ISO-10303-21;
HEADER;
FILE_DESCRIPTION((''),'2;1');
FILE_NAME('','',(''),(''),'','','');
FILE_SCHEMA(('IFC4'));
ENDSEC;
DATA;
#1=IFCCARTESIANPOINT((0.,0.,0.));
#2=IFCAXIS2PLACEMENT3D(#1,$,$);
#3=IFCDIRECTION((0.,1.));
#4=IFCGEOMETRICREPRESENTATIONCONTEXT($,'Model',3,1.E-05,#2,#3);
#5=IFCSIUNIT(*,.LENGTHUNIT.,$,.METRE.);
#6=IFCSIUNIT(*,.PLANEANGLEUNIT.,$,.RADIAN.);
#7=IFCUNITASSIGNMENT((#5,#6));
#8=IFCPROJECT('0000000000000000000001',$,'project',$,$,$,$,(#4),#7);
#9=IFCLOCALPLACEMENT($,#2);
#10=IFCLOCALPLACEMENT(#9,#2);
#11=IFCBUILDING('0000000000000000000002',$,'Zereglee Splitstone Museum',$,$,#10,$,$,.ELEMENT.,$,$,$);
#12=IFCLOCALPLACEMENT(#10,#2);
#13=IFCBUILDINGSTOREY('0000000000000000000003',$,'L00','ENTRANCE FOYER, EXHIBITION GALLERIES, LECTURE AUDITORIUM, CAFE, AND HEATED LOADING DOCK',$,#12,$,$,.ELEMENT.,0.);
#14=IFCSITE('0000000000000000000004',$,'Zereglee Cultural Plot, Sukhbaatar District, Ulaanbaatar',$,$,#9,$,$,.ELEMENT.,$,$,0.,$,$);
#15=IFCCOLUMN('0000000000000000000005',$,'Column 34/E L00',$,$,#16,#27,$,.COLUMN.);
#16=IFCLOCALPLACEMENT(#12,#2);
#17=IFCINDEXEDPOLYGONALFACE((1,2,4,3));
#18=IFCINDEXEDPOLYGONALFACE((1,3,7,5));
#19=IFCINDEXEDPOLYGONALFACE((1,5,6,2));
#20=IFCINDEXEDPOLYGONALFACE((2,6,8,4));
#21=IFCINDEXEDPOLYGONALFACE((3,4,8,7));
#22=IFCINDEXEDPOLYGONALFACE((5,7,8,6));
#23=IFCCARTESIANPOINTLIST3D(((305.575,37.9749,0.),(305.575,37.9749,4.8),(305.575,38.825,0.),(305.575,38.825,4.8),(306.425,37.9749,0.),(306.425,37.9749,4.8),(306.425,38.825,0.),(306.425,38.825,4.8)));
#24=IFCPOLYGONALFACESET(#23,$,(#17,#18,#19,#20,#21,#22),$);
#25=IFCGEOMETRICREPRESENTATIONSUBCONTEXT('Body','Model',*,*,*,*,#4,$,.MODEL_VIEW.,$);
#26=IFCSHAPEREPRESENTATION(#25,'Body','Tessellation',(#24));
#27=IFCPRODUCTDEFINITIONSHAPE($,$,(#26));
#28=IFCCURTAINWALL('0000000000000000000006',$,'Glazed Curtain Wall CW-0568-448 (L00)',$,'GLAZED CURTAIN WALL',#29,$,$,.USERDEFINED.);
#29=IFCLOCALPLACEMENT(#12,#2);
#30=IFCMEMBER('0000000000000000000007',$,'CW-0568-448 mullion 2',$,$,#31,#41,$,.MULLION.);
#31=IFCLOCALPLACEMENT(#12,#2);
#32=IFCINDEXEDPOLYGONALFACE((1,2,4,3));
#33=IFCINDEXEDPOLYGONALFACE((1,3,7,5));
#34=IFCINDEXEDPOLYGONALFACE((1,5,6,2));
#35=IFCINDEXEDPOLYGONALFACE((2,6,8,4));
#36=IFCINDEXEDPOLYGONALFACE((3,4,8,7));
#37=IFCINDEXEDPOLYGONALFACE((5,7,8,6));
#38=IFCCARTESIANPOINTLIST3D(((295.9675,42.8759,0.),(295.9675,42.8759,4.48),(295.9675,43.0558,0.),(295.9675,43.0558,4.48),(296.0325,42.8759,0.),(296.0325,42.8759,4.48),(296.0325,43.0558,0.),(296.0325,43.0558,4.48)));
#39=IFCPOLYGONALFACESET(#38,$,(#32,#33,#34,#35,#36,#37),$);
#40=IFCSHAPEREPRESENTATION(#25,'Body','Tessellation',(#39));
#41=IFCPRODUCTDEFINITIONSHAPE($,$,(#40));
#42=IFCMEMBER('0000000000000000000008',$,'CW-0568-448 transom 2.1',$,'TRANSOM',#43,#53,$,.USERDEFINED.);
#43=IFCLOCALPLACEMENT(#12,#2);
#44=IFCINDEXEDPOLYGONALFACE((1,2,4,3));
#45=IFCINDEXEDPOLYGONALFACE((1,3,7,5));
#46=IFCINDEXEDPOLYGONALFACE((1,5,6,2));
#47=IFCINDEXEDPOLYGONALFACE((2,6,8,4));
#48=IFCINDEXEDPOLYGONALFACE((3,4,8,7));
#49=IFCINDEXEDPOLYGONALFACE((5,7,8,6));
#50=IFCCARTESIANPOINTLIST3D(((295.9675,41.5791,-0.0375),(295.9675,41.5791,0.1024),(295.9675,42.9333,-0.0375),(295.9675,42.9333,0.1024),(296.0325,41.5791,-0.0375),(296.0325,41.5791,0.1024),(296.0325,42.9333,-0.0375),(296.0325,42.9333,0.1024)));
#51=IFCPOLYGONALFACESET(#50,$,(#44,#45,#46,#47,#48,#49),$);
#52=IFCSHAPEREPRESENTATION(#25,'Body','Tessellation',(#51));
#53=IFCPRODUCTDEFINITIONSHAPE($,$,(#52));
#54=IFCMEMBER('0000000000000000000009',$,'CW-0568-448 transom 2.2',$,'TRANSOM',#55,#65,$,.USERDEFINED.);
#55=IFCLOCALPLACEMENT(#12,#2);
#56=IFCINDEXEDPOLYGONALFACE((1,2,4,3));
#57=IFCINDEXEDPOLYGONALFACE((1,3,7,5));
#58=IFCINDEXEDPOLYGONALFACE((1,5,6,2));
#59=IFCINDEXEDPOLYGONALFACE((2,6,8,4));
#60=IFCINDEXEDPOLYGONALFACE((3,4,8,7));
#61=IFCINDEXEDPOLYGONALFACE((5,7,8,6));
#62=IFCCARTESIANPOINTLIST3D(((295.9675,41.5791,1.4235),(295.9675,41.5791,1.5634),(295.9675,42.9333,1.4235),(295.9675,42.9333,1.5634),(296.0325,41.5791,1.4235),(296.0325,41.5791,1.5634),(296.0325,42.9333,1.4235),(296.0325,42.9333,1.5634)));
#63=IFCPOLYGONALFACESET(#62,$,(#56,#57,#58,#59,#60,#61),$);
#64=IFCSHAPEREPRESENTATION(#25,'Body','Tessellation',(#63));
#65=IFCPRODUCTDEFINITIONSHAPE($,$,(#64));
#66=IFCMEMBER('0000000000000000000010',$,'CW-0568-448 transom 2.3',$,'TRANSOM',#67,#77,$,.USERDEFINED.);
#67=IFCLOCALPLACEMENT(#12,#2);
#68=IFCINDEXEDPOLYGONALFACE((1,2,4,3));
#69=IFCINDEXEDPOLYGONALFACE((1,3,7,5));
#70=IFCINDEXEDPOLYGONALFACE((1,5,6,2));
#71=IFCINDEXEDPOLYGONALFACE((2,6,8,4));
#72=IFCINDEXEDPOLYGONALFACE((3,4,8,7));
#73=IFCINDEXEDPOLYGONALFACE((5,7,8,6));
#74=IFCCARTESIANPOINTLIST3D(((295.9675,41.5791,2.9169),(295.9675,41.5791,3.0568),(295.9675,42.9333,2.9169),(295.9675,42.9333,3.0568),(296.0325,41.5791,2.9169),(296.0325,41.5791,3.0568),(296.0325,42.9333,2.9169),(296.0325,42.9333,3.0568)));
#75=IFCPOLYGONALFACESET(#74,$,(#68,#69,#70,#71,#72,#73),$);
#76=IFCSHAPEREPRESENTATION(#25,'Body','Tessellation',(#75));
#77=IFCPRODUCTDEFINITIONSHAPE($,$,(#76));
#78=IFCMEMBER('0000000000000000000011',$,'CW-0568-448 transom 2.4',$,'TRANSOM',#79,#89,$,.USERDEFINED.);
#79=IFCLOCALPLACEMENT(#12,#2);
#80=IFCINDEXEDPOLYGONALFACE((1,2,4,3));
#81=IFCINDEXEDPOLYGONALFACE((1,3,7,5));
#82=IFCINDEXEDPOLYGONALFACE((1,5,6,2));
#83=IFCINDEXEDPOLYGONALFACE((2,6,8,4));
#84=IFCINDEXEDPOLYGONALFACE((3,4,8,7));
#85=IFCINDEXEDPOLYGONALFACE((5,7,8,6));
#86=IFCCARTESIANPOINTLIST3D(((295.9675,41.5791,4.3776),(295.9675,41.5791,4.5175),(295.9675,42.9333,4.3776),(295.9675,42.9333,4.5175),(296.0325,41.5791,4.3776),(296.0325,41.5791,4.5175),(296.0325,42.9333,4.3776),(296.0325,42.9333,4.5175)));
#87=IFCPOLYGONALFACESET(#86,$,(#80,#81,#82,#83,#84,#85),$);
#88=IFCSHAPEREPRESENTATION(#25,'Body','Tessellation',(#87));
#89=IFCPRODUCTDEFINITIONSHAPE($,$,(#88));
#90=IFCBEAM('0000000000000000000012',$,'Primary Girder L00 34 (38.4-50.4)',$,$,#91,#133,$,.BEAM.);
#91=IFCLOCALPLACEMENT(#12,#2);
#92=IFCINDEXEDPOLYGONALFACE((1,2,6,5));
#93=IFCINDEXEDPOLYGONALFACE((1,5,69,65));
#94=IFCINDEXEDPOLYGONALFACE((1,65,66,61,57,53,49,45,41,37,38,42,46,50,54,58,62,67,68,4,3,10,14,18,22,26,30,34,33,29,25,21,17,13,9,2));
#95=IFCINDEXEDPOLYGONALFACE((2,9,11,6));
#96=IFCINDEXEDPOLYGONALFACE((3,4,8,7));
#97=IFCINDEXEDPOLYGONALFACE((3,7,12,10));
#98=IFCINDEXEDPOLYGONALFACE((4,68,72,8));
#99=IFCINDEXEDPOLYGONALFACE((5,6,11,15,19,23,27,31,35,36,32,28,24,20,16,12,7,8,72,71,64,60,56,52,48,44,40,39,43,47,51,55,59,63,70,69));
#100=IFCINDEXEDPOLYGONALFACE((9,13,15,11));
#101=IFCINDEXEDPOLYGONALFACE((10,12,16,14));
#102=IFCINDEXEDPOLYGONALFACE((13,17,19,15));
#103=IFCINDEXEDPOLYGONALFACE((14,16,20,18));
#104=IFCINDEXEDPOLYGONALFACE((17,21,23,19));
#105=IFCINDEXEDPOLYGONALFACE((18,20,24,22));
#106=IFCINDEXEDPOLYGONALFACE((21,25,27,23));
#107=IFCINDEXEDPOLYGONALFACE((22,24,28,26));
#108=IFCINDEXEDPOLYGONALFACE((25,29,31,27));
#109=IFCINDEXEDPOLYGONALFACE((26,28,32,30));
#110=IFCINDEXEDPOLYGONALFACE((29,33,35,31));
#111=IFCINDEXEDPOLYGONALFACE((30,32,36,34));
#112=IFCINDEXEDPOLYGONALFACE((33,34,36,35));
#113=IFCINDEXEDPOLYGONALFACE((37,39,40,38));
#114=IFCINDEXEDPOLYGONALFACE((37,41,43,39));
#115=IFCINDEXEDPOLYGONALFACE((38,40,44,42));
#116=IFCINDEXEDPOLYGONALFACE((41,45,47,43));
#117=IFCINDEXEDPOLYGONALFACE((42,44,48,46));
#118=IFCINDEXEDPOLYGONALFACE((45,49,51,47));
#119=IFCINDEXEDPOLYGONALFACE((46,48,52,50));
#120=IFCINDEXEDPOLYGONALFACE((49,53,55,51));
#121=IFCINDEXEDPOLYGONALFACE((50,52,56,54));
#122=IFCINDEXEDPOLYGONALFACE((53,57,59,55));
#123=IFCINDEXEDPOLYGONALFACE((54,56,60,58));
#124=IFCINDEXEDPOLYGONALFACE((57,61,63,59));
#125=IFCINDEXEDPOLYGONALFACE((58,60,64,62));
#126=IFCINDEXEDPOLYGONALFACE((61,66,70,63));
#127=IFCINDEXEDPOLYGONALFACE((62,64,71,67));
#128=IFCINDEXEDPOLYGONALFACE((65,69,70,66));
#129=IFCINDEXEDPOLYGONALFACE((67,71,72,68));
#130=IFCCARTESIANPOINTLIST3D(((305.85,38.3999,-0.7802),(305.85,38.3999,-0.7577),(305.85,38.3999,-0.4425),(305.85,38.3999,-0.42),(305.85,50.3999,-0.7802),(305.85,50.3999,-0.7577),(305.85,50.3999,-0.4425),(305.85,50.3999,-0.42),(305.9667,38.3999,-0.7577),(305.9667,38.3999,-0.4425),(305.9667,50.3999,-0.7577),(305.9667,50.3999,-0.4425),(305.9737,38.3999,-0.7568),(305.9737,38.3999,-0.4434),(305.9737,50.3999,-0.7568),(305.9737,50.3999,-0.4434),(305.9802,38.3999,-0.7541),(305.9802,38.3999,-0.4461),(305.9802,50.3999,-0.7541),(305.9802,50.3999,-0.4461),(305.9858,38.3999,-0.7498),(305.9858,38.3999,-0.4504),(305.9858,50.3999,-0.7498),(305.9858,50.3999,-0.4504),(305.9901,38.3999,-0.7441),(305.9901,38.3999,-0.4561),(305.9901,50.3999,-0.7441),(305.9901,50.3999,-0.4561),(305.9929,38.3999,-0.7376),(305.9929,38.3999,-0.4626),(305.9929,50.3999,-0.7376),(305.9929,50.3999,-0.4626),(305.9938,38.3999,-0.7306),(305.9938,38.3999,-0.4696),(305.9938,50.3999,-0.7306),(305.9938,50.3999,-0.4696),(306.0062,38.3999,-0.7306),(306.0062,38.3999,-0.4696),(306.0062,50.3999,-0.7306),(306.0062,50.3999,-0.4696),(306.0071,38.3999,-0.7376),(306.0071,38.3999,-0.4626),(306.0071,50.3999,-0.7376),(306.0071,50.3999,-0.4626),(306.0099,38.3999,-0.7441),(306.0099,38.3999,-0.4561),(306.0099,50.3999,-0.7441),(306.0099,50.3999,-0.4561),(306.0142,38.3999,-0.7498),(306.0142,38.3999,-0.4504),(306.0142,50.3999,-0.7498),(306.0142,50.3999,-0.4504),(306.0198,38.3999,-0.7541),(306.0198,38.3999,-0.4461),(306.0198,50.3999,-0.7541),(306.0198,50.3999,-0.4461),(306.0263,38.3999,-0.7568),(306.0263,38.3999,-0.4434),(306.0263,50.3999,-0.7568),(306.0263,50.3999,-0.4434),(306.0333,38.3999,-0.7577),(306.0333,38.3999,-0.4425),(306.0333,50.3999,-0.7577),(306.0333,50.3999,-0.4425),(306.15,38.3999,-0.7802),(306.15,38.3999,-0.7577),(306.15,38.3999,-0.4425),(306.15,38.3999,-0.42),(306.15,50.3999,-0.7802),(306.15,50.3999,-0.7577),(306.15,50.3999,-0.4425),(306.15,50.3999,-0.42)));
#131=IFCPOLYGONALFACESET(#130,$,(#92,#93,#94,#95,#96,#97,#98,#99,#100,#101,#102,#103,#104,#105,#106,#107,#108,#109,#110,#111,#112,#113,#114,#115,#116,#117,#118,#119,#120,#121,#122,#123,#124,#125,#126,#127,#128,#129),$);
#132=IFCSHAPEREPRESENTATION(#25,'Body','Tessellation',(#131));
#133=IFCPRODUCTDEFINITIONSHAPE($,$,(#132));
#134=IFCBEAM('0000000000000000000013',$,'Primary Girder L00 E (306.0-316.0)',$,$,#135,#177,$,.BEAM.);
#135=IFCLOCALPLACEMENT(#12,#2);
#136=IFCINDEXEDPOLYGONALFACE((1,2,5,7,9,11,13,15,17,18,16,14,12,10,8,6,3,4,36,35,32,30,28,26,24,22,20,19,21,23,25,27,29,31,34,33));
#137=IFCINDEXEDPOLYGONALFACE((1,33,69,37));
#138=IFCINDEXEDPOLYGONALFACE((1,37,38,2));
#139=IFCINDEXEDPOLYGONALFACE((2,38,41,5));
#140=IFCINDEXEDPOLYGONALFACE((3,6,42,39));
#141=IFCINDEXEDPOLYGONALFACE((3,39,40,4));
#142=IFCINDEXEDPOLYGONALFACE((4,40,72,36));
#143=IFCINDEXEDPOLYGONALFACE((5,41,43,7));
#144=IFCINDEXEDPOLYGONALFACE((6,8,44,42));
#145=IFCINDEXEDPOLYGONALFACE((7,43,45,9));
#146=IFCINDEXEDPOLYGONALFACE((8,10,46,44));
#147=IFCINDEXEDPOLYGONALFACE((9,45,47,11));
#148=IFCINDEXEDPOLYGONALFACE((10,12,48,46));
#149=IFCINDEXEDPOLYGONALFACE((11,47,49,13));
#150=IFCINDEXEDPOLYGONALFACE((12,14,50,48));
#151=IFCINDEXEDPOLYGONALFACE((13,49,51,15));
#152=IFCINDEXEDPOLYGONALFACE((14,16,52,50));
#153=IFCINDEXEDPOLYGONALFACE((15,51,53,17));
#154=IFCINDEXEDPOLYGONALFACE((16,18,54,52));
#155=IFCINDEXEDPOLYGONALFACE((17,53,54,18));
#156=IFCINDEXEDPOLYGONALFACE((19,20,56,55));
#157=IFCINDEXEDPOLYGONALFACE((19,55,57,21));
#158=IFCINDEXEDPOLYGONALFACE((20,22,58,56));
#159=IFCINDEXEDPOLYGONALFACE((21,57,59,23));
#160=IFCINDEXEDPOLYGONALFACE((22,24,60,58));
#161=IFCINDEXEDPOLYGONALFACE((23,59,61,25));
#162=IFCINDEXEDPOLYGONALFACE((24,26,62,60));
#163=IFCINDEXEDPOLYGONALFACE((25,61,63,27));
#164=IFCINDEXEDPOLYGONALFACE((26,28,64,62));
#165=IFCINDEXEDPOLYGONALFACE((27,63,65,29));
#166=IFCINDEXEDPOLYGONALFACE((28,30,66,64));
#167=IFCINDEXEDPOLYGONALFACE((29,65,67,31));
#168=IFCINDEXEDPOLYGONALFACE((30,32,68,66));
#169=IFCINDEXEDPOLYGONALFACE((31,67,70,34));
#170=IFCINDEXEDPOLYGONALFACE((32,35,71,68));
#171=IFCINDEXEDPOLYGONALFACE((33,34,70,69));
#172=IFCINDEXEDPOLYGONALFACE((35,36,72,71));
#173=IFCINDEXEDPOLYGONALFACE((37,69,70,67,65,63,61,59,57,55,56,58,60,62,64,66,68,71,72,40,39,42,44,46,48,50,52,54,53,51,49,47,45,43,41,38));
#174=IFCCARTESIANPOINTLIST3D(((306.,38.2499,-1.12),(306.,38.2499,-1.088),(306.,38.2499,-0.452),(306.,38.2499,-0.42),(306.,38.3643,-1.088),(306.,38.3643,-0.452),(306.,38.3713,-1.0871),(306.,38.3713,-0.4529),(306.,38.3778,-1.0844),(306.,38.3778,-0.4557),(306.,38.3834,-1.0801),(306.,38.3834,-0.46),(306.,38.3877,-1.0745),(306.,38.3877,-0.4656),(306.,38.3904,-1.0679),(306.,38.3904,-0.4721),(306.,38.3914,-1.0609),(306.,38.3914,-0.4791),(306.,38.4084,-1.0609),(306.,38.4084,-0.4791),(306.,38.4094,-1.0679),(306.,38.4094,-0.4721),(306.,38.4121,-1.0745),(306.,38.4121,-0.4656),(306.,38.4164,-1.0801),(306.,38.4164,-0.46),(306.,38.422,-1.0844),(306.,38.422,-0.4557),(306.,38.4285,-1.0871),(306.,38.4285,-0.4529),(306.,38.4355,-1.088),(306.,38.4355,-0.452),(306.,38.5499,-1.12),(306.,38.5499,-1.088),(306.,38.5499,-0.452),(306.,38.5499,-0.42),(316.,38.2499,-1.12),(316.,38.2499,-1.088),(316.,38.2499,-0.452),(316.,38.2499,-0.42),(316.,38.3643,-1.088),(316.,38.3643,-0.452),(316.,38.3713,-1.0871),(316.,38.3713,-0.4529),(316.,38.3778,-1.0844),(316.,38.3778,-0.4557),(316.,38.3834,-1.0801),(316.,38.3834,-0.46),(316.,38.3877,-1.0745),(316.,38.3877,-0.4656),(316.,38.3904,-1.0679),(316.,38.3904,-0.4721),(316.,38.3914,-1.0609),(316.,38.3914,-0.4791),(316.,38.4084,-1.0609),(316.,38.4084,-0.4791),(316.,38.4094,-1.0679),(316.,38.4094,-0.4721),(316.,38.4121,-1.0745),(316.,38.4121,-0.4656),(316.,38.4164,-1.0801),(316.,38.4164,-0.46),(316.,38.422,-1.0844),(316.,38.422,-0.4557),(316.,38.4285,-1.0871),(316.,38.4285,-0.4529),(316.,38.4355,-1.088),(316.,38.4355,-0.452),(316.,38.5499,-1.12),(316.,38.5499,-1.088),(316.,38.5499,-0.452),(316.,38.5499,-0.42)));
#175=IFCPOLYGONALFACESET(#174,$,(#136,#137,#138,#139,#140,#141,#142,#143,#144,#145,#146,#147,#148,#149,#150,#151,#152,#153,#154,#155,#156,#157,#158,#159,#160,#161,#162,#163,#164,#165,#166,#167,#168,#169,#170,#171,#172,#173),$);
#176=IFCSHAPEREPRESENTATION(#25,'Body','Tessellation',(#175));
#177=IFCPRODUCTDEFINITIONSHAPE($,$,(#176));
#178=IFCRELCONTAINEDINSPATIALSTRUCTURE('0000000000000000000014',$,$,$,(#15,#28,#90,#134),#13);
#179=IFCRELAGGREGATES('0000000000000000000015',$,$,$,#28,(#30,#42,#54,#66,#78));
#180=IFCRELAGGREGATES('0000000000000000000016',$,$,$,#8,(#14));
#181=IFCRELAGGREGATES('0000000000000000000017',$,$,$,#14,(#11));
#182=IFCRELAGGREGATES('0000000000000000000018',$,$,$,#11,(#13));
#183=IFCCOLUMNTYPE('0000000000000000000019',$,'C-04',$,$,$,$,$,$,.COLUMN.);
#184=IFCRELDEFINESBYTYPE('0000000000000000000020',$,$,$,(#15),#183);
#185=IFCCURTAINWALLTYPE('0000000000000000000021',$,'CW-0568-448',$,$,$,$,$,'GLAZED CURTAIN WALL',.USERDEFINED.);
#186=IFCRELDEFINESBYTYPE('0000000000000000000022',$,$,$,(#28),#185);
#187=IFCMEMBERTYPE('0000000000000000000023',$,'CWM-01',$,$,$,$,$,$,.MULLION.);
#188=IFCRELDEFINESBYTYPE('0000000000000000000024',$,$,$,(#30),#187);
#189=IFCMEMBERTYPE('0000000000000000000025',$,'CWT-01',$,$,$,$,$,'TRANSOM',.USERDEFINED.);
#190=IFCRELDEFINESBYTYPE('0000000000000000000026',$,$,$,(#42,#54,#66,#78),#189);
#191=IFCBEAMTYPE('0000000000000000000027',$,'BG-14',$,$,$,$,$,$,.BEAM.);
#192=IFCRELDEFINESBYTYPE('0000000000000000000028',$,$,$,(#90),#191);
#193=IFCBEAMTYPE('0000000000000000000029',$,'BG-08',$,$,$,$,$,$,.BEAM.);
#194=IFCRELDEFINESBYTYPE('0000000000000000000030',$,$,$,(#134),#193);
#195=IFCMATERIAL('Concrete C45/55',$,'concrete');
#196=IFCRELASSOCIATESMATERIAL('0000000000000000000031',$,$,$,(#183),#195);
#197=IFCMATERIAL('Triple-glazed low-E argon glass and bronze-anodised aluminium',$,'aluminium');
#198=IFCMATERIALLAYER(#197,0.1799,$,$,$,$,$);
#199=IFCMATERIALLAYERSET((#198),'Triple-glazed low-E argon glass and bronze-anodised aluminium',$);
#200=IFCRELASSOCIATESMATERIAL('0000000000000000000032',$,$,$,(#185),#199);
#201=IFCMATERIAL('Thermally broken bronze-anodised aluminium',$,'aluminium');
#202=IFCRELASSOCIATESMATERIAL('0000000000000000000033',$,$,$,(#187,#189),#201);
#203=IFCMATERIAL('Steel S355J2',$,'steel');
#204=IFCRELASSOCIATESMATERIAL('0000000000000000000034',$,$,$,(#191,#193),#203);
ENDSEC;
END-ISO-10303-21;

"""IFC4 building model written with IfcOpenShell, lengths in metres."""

from ifc_helpers import new_model, si_unit, direction, frame, origin, origin_2d, place, context, subcontext, project, spatial, rectangle, i_section, extrude, material, layer, layer_set, material_profile, profile_set, type_object, element, aggregate, save


model = new_model("IFC4")

# Units and contexts
model_context = context("Model", 3, precision=1e-05, world=origin(), true_north=direction((0.0, 1.0)))
body_context = subcontext(model_context, "Body", "Model", "MODEL_VIEW")
ifc_project = project(units=[si_unit("LENGTHUNIT", "METRE"), si_unit("PLANEANGLEUNIT", "RADIAN")], contexts=[model_context])

# Site, building, storey
site_placement = place(None, origin())
site = spatial("IfcSite", under=ifc_project, at=site_placement, Name="Zereglee Cultural Plot, Sukhbaatar District, Ulaanbaatar", CompositionType="ELEMENT", RefElevation=0.0)
building_placement = place(site_placement, origin())
building = spatial("IfcBuilding", under=site, at=building_placement, Name="Zereglee Splitstone Museum", CompositionType="ELEMENT")
storey_placement = place(building_placement, origin())
storey = spatial("IfcBuildingStorey", under=building, at=storey_placement, Name="L00", Description="ENTRANCE FOYER, EXHIBITION GALLERIES, LECTURE AUDITORIUM, CAFE, AND HEATED LOADING DOCK", CompositionType="ELEMENT", Elevation=0.0)

# Column
ifc_material_1 = material(Name="Concrete C45/55", Category="concrete")
ifc_material_profile_1 = material_profile(ifc_material_1, rectangle(XDim=0.8501, YDim=0.8501, at=origin_2d()), Name="RC 850x850")
ifc_profile_set_1 = profile_set([ifc_material_profile_1], Name="Concrete C45/55")
column_type = type_object("IfcColumnType", Name="C-04", PredefinedType="COLUMN", material=ifc_profile_set_1)
column_placement = place(storey_placement, frame((306.0, 38.3999, 0.0), z_axis=(0.0, 0.0, 1.0), x_axis=(1.0, 0.0, 0.0)))
element("IfcColumn", 1, at=column_placement, inside=storey, type_object=column_type, Name="Column 34/E L00", PredefinedType="COLUMN", context=body_context, shape_type="SweptSolid", body=[
    extrude(rectangle(XDim=0.8501, YDim=0.8501, at=origin_2d()), origin(), (0.0, 0.0, 1.0), 4.8),
])

# Curtain wall, members
ifc_material_2 = material(Name="Triple-glazed low-E argon glass and bronze-anodised aluminium", Category="aluminium")
ifc_layer_1 = layer(ifc_material_2, 0.1799)
ifc_layer_set_1 = layer_set([ifc_layer_1], Name="Triple-glazed low-E argon glass and bronze-anodised aluminium")
curtain_wall_type = type_object("IfcCurtainWallType", Name="CW-0568-448", ElementType="GLAZED CURTAIN WALL", PredefinedType="USERDEFINED", material=ifc_layer_set_1)
curtain_wall_placement = place(storey_placement, origin())
curtain_wall = element("IfcCurtainWall", 2, at=curtain_wall_placement, inside=storey, type_object=curtain_wall_type, Name="Glazed Curtain Wall CW-0568-448 (L00)", ObjectType="GLAZED CURTAIN WALL", PredefinedType="USERDEFINED")
ifc_material_3 = material(Name="Thermally broken bronze-anodised aluminium", Category="aluminium")
ifc_material_profile_2 = material_profile(ifc_material_3, rectangle(XDim=0.0649, YDim=0.1799, at=origin_2d()), Name="CW MULL 65x180")
ifc_profile_set_2 = profile_set([ifc_material_profile_2], Name="Thermally broken bronze-anodised aluminium")
member_type_1 = type_object("IfcMemberType", Name="CWM-01", PredefinedType="MULLION", material=ifc_profile_set_2)
member_1_placement = place(storey_placement, frame((296.0, 42.9658, 0.0), z_axis=(0.0, 0.0, 1.0), x_axis=(1.0, 0.0, 0.0)))
member_1 = element("IfcMember", 3, at=member_1_placement, type_object=member_type_1, Name="CW-0568-448 mullion 2", PredefinedType="MULLION", context=body_context, shape_type="SweptSolid", body=[
    extrude(rectangle(XDim=0.0649, YDim=0.1799, at=origin_2d()), origin(), (0.0, 0.0, 1.0), 4.48),
])
ifc_material_profile_3 = material_profile(ifc_material_3, rectangle(XDim=0.0649, YDim=0.1399, at=origin_2d()), Name="CW TRAN 65x140")
ifc_profile_set_3 = profile_set([ifc_material_profile_3], Name="Thermally broken bronze-anodised aluminium")
member_type_2 = type_object("IfcMemberType", Name="CWT-01", ElementType="TRANSOM", PredefinedType="USERDEFINED", material=ifc_profile_set_3)
member_2_placement = place(storey_placement, frame((296.0, 42.9333, 0.0325), z_axis=(0.0, -1.0, 0.0), x_axis=(1.0, 0.0, 0.0)))
member_2 = element("IfcMember", 4, at=member_2_placement, type_object=member_type_2, Name="CW-0568-448 transom 2.1", ObjectType="TRANSOM", PredefinedType="USERDEFINED", context=body_context, shape_type="SweptSolid", body=[
    extrude(rectangle(XDim=0.0649, YDim=0.1399, at=origin_2d()), origin(), (0.0, 0.0, 1.0), 1.3542),
])
member_3_placement = place(storey_placement, frame((296.0, 42.9333, 1.4934), z_axis=(0.0, -1.0, 0.0), x_axis=(1.0, 0.0, 0.0)))
member_3 = element("IfcMember", 5, at=member_3_placement, type_object=member_type_2, Name="CW-0568-448 transom 2.2", ObjectType="TRANSOM", PredefinedType="USERDEFINED", context=body_context, shape_type="SweptSolid", body=[
    extrude(rectangle(XDim=0.0649, YDim=0.1399, at=origin_2d()), origin(), (0.0, 0.0, 1.0), 1.3542),
])
member_4_placement = place(storey_placement, frame((296.0, 42.9333, 2.9868), z_axis=(0.0, -1.0, 0.0), x_axis=(1.0, 0.0, 0.0)))
member_4 = element("IfcMember", 6, at=member_4_placement, type_object=member_type_2, Name="CW-0568-448 transom 2.3", ObjectType="TRANSOM", PredefinedType="USERDEFINED", context=body_context, shape_type="SweptSolid", body=[
    extrude(rectangle(XDim=0.0649, YDim=0.1399, at=origin_2d()), origin(), (0.0, 0.0, 1.0), 1.3542),
])
member_5_placement = place(storey_placement, frame((296.0, 42.9333, 4.4475), z_axis=(0.0, -1.0, 0.0), x_axis=(1.0, 0.0, 0.0)))
member_5 = element("IfcMember", 7, at=member_5_placement, type_object=member_type_2, Name="CW-0568-448 transom 2.4", ObjectType="TRANSOM", PredefinedType="USERDEFINED", context=body_context, shape_type="SweptSolid", body=[
    extrude(rectangle(XDim=0.0649, YDim=0.1399, at=origin_2d()), origin(), (0.0, 0.0, 1.0), 1.3542),
])

# Beams
ifc_material_4 = material(Name="Steel S355J2", Category="steel")
ifc_material_profile_4 = material_profile(ifc_material_4, i_section(OverallWidth=0.3, OverallDepth=0.3601, WebThickness=0.0125, FlangeThickness=0.0225, FilletRadius=0.0271, at=origin_2d()), Name="HE 360 B")
ifc_profile_set_4 = profile_set([ifc_material_profile_4], Name="Steel S355J2")
beam_type_1 = type_object("IfcBeamType", Name="BG-14", PredefinedType="BEAM", material=ifc_profile_set_4)
beam_1_placement = place(storey_placement, frame((306.0, 38.3999, -0.6001), z_axis=(0.0, 1.0, 0.0), x_axis=(-1.0, 0.0, 0.0)))
element("IfcBeam", 8, at=beam_1_placement, inside=storey, type_object=beam_type_1, Name="Primary Girder L00 34 (38.4-50.4)", PredefinedType="BEAM", context=body_context, shape_type="SweptSolid", body=[
    extrude(i_section(OverallWidth=0.3, OverallDepth=0.3601, WebThickness=0.0125, FlangeThickness=0.0225, FilletRadius=0.0271, at=origin_2d()), origin(), (0.0, 0.0, 1.0), 12.0),
])
ifc_material_profile_5 = material_profile(ifc_material_4, i_section(OverallWidth=0.3, OverallDepth=0.7, WebThickness=0.0171, FlangeThickness=0.032, FilletRadius=0.0271, at=origin_2d()), Name="HE 700 B")
ifc_profile_set_5 = profile_set([ifc_material_profile_5], Name="Steel S355J2")
beam_type_2 = type_object("IfcBeamType", Name="BG-08", PredefinedType="BEAM", material=ifc_profile_set_5)
beam_2_placement = place(storey_placement, frame((306.0, 38.3999, -0.77), z_axis=(1.0, 0.0, 0.0), x_axis=(0.0, 1.0, 0.0)))
element("IfcBeam", 9, at=beam_2_placement, inside=storey, type_object=beam_type_2, Name="Primary Girder L00 E (306.0-316.0)", PredefinedType="BEAM", context=body_context, shape_type="SweptSolid", body=[
    extrude(i_section(OverallWidth=0.3, OverallDepth=0.7, WebThickness=0.0171, FlangeThickness=0.032, FilletRadius=0.0271, at=origin_2d()), origin(), (0.0, 0.0, 1.0), 10.0),
])

aggregate(curtain_wall, [member_1, member_2, member_3, member_4, member_5])

save(model, "model.ifc")
